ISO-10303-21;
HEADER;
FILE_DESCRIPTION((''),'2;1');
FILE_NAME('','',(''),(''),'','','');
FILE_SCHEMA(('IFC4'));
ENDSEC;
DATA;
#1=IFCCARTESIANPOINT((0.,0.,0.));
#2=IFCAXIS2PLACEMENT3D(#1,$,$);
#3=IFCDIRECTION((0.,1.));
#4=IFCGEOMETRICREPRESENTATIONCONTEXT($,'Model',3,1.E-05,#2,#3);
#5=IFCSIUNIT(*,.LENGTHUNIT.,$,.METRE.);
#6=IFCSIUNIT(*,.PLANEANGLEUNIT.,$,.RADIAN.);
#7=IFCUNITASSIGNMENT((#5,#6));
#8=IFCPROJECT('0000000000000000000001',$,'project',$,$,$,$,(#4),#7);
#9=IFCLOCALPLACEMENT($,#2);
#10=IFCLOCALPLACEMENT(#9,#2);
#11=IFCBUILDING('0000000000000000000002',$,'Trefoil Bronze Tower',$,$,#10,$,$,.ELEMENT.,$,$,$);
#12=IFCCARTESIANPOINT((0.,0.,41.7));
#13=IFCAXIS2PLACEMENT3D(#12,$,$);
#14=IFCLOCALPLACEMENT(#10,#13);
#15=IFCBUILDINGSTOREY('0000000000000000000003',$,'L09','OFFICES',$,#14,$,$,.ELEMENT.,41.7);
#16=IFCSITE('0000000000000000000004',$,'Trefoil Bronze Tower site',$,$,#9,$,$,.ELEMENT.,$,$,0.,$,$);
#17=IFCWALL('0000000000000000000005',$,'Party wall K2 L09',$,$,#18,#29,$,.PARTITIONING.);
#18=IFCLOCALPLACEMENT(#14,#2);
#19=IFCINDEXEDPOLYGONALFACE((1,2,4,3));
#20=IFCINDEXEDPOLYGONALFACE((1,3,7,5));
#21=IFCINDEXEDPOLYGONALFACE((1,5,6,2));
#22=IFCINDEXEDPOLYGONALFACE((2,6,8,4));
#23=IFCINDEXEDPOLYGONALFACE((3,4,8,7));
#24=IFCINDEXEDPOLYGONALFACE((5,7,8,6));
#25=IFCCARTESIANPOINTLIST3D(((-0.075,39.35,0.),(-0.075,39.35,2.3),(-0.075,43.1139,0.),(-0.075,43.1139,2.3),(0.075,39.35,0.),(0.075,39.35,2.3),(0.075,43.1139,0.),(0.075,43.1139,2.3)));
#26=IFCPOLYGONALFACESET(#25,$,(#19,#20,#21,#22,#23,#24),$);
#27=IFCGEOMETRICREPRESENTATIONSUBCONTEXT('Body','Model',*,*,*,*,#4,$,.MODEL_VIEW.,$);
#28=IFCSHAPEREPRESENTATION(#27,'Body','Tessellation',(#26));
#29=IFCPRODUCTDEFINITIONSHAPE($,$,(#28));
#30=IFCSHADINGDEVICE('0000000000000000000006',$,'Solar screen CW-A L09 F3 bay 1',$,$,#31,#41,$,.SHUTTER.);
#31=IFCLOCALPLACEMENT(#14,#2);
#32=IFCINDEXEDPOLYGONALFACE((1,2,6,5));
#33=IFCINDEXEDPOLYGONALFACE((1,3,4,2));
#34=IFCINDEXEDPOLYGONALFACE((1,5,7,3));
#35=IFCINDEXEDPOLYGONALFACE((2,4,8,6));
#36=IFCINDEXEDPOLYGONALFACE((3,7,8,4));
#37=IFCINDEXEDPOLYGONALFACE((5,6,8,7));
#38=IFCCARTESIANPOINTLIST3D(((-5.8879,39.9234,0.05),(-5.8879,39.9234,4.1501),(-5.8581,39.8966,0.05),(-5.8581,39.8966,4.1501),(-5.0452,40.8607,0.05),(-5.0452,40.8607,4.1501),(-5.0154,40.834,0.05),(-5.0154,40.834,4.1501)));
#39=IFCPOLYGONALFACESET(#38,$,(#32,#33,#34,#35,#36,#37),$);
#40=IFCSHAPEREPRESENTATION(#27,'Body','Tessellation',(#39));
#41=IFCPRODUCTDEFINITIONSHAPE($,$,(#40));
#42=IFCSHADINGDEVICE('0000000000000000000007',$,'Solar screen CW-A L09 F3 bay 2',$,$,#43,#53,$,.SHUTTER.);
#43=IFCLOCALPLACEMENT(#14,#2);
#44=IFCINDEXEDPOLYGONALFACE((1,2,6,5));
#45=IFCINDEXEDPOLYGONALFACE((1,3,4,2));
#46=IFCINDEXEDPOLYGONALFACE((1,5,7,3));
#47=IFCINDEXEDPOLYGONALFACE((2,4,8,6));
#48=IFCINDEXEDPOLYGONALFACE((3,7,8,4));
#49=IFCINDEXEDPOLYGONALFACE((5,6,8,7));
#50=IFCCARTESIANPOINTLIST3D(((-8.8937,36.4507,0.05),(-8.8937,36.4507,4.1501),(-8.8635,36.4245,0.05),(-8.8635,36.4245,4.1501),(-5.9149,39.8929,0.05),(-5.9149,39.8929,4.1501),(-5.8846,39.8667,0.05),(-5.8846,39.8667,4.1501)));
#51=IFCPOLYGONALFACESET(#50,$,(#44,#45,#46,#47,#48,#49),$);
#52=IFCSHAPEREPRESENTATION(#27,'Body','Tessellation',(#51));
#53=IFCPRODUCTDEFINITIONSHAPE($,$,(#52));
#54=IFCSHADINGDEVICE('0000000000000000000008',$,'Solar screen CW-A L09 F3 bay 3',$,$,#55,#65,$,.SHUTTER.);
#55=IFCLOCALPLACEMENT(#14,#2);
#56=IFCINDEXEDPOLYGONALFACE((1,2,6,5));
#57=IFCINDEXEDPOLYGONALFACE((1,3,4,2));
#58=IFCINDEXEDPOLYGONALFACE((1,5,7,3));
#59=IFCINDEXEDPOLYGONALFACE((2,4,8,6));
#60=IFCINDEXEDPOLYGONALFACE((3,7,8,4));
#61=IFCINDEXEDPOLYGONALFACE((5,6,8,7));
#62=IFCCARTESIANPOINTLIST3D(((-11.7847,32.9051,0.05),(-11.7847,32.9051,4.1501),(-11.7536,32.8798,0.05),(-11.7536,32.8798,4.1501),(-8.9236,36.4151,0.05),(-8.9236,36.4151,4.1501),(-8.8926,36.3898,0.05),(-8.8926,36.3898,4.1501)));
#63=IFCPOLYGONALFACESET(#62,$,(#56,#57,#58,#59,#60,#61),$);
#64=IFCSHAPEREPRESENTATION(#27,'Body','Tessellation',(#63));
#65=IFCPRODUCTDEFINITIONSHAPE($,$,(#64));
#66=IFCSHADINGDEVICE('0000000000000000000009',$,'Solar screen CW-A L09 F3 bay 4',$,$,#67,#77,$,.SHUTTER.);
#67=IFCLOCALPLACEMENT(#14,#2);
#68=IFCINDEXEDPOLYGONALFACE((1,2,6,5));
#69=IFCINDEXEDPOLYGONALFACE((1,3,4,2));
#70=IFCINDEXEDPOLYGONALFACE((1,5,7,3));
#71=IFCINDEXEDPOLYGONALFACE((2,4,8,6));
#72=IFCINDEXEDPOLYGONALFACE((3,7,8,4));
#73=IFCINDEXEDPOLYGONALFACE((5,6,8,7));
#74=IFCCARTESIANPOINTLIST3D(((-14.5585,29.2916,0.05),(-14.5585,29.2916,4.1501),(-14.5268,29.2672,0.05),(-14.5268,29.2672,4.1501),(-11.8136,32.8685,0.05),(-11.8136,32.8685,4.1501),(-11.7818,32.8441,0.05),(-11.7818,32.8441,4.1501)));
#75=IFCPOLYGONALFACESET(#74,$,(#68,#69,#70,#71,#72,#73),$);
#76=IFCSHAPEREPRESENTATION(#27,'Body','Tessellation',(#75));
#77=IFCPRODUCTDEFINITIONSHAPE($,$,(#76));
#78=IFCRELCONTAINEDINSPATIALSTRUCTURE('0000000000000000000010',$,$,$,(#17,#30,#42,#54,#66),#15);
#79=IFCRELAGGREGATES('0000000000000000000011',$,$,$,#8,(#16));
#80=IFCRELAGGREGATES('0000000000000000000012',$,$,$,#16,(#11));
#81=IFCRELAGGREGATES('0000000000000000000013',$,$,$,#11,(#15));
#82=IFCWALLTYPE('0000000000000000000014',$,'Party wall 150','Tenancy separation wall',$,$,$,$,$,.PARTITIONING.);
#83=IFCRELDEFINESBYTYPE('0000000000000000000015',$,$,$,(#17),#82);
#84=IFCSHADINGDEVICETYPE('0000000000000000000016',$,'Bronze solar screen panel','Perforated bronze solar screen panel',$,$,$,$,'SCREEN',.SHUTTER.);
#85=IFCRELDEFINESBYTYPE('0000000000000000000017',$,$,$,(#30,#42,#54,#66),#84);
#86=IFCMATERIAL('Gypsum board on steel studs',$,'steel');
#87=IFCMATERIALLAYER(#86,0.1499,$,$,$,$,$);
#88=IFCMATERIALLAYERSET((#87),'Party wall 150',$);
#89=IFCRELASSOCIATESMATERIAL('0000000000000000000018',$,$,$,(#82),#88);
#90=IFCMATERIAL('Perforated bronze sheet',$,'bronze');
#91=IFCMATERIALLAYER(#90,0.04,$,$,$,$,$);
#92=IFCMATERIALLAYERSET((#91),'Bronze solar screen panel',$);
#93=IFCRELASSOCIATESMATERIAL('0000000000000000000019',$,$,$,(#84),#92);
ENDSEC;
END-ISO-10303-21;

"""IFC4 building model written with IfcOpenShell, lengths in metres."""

from ifc_helpers import new_model, si_unit, direction, frame, frame_2d, origin, origin_2d, place, context, subcontext, project, spatial, rectangle, extrude, material, layer, layer_set, type_object, element, save


model = new_model("IFC4")

# Units and contexts
model_context = context("Model", 3, precision=1e-05, world=origin(), true_north=direction((0.0, 1.0)))
body_context = subcontext(model_context, "Body", "Model", "MODEL_VIEW")
ifc_project = project(units=[si_unit("LENGTHUNIT", "METRE"), si_unit("PLANEANGLEUNIT", "RADIAN")], contexts=[model_context])

# Site, building, storey
site_placement = place(None, origin())
site = spatial("IfcSite", under=ifc_project, at=site_placement, Name="Trefoil Bronze Tower site", CompositionType="ELEMENT", RefElevation=0.0)
building_placement = place(site_placement, origin())
building = spatial("IfcBuilding", under=site, at=building_placement, Name="Trefoil Bronze Tower", CompositionType="ELEMENT")
storey_placement = place(building_placement, frame((0.0, 0.0, 41.7)))
storey = spatial("IfcBuildingStorey", under=building, at=storey_placement, Name="L09", Description="OFFICES", CompositionType="ELEMENT", Elevation=41.7)

# Wall
ifc_material_1 = material(Name="Gypsum board on steel studs", Category="steel")
ifc_layer_1 = layer(ifc_material_1, 0.1499)
ifc_layer_set_1 = layer_set([ifc_layer_1], Name="Party wall 150")
wall_type = type_object("IfcWallType", Name="Party wall 150", Description="Tenancy separation wall", PredefinedType="PARTITIONING", material=ifc_layer_set_1)
wall_placement = place(storey_placement, frame((0.0, 39.3501, 0.0), z_axis=(0.0, 0.0, 1.0), x_axis=(0.0, 1.0, 0.0)))
element("IfcWall", 1, at=wall_placement, inside=storey, type_object=wall_type, Name="Party wall K2 L09", PredefinedType="PARTITIONING", context=body_context, shape_type="SweptSolid", body=[
    extrude(rectangle(XDim=3.7639, YDim=0.1499, at=frame_2d((1.8818, 0.0))), origin(), (0.0, 0.0, 1.0), 2.3),
])

# Shading devices
ifc_material_2 = material(Name="Perforated bronze sheet", Category="bronze")
ifc_layer_2 = layer(ifc_material_2, 0.04)
ifc_layer_set_2 = layer_set([ifc_layer_2], Name="Bronze solar screen panel")
shading_device_type = type_object("IfcShadingDeviceType", Name="Bronze solar screen panel", Description="Perforated bronze solar screen panel", ElementType="SCREEN", PredefinedType="SHUTTER", material=ifc_layer_set_2)
shading_device_1_placement = place(storey_placement, frame((-5.4517, 40.3787, 0.05), z_axis=(0.0, 0.0, 1.0), x_axis=(-0.668575, -0.743645, 0.0)))
element("IfcShadingDevice", 2, at=shading_device_1_placement, inside=storey, type_object=shading_device_type, Name="Solar screen CW-A L09 F3 bay 1", PredefinedType="SHUTTER", context=body_context, shape_type="SweptSolid", body=[
    extrude(rectangle(XDim=1.2605, YDim=0.04, at=origin_2d()), origin(), (0.0, 0.0, 1.0), 4.1001),
])
shading_device_2_placement = place(storey_placement, frame((-7.3892, 38.1587, 0.05), z_axis=(0.0, 0.0, 1.0), x_axis=(-0.654376, -0.756169, 0.0)))
element("IfcShadingDevice", 3, at=shading_device_2_placement, inside=storey, type_object=shading_device_type, Name="Solar screen CW-A L09 F3 bay 2", PredefinedType="SHUTTER", context=body_context, shape_type="SweptSolid", body=[
    extrude(rectangle(XDim=4.5522, YDim=0.04, at=origin_2d()), origin(), (0.0, 0.0, 1.0), 4.1001),
])
shading_device_3_placement = place(storey_placement, frame((-10.3386, 34.6475, 0.05), z_axis=(0.0, 0.0, 1.0), x_axis=(-0.631811, -0.775123, 0.0)))
element("IfcShadingDevice", 4, at=shading_device_3_placement, inside=storey, type_object=shading_device_type, Name="Solar screen CW-A L09 F3 bay 3", PredefinedType="SHUTTER", context=body_context, shape_type="SweptSolid", body=[
    extrude(rectangle(XDim=4.5283, YDim=0.04, at=origin_2d()), origin(), (0.0, 0.0, 1.0), 4.1001),
])
shading_device_4_placement = place(storey_placement, frame((-13.1702, 31.0679, 0.05), z_axis=(0.0, 0.0, 1.0), x_axis=(-0.608808, -0.793318, 0.0)))
element("IfcShadingDevice", 5, at=shading_device_4_placement, inside=storey, type_object=shading_device_type, Name="Solar screen CW-A L09 F3 bay 4", PredefinedType="SHUTTER", context=body_context, shape_type="SweptSolid", body=[
    extrude(rectangle(XDim=4.5088, YDim=0.04, at=origin_2d()), origin(), (0.0, 0.0, 1.0), 4.1001),
])

save(model, "model.ifc")
